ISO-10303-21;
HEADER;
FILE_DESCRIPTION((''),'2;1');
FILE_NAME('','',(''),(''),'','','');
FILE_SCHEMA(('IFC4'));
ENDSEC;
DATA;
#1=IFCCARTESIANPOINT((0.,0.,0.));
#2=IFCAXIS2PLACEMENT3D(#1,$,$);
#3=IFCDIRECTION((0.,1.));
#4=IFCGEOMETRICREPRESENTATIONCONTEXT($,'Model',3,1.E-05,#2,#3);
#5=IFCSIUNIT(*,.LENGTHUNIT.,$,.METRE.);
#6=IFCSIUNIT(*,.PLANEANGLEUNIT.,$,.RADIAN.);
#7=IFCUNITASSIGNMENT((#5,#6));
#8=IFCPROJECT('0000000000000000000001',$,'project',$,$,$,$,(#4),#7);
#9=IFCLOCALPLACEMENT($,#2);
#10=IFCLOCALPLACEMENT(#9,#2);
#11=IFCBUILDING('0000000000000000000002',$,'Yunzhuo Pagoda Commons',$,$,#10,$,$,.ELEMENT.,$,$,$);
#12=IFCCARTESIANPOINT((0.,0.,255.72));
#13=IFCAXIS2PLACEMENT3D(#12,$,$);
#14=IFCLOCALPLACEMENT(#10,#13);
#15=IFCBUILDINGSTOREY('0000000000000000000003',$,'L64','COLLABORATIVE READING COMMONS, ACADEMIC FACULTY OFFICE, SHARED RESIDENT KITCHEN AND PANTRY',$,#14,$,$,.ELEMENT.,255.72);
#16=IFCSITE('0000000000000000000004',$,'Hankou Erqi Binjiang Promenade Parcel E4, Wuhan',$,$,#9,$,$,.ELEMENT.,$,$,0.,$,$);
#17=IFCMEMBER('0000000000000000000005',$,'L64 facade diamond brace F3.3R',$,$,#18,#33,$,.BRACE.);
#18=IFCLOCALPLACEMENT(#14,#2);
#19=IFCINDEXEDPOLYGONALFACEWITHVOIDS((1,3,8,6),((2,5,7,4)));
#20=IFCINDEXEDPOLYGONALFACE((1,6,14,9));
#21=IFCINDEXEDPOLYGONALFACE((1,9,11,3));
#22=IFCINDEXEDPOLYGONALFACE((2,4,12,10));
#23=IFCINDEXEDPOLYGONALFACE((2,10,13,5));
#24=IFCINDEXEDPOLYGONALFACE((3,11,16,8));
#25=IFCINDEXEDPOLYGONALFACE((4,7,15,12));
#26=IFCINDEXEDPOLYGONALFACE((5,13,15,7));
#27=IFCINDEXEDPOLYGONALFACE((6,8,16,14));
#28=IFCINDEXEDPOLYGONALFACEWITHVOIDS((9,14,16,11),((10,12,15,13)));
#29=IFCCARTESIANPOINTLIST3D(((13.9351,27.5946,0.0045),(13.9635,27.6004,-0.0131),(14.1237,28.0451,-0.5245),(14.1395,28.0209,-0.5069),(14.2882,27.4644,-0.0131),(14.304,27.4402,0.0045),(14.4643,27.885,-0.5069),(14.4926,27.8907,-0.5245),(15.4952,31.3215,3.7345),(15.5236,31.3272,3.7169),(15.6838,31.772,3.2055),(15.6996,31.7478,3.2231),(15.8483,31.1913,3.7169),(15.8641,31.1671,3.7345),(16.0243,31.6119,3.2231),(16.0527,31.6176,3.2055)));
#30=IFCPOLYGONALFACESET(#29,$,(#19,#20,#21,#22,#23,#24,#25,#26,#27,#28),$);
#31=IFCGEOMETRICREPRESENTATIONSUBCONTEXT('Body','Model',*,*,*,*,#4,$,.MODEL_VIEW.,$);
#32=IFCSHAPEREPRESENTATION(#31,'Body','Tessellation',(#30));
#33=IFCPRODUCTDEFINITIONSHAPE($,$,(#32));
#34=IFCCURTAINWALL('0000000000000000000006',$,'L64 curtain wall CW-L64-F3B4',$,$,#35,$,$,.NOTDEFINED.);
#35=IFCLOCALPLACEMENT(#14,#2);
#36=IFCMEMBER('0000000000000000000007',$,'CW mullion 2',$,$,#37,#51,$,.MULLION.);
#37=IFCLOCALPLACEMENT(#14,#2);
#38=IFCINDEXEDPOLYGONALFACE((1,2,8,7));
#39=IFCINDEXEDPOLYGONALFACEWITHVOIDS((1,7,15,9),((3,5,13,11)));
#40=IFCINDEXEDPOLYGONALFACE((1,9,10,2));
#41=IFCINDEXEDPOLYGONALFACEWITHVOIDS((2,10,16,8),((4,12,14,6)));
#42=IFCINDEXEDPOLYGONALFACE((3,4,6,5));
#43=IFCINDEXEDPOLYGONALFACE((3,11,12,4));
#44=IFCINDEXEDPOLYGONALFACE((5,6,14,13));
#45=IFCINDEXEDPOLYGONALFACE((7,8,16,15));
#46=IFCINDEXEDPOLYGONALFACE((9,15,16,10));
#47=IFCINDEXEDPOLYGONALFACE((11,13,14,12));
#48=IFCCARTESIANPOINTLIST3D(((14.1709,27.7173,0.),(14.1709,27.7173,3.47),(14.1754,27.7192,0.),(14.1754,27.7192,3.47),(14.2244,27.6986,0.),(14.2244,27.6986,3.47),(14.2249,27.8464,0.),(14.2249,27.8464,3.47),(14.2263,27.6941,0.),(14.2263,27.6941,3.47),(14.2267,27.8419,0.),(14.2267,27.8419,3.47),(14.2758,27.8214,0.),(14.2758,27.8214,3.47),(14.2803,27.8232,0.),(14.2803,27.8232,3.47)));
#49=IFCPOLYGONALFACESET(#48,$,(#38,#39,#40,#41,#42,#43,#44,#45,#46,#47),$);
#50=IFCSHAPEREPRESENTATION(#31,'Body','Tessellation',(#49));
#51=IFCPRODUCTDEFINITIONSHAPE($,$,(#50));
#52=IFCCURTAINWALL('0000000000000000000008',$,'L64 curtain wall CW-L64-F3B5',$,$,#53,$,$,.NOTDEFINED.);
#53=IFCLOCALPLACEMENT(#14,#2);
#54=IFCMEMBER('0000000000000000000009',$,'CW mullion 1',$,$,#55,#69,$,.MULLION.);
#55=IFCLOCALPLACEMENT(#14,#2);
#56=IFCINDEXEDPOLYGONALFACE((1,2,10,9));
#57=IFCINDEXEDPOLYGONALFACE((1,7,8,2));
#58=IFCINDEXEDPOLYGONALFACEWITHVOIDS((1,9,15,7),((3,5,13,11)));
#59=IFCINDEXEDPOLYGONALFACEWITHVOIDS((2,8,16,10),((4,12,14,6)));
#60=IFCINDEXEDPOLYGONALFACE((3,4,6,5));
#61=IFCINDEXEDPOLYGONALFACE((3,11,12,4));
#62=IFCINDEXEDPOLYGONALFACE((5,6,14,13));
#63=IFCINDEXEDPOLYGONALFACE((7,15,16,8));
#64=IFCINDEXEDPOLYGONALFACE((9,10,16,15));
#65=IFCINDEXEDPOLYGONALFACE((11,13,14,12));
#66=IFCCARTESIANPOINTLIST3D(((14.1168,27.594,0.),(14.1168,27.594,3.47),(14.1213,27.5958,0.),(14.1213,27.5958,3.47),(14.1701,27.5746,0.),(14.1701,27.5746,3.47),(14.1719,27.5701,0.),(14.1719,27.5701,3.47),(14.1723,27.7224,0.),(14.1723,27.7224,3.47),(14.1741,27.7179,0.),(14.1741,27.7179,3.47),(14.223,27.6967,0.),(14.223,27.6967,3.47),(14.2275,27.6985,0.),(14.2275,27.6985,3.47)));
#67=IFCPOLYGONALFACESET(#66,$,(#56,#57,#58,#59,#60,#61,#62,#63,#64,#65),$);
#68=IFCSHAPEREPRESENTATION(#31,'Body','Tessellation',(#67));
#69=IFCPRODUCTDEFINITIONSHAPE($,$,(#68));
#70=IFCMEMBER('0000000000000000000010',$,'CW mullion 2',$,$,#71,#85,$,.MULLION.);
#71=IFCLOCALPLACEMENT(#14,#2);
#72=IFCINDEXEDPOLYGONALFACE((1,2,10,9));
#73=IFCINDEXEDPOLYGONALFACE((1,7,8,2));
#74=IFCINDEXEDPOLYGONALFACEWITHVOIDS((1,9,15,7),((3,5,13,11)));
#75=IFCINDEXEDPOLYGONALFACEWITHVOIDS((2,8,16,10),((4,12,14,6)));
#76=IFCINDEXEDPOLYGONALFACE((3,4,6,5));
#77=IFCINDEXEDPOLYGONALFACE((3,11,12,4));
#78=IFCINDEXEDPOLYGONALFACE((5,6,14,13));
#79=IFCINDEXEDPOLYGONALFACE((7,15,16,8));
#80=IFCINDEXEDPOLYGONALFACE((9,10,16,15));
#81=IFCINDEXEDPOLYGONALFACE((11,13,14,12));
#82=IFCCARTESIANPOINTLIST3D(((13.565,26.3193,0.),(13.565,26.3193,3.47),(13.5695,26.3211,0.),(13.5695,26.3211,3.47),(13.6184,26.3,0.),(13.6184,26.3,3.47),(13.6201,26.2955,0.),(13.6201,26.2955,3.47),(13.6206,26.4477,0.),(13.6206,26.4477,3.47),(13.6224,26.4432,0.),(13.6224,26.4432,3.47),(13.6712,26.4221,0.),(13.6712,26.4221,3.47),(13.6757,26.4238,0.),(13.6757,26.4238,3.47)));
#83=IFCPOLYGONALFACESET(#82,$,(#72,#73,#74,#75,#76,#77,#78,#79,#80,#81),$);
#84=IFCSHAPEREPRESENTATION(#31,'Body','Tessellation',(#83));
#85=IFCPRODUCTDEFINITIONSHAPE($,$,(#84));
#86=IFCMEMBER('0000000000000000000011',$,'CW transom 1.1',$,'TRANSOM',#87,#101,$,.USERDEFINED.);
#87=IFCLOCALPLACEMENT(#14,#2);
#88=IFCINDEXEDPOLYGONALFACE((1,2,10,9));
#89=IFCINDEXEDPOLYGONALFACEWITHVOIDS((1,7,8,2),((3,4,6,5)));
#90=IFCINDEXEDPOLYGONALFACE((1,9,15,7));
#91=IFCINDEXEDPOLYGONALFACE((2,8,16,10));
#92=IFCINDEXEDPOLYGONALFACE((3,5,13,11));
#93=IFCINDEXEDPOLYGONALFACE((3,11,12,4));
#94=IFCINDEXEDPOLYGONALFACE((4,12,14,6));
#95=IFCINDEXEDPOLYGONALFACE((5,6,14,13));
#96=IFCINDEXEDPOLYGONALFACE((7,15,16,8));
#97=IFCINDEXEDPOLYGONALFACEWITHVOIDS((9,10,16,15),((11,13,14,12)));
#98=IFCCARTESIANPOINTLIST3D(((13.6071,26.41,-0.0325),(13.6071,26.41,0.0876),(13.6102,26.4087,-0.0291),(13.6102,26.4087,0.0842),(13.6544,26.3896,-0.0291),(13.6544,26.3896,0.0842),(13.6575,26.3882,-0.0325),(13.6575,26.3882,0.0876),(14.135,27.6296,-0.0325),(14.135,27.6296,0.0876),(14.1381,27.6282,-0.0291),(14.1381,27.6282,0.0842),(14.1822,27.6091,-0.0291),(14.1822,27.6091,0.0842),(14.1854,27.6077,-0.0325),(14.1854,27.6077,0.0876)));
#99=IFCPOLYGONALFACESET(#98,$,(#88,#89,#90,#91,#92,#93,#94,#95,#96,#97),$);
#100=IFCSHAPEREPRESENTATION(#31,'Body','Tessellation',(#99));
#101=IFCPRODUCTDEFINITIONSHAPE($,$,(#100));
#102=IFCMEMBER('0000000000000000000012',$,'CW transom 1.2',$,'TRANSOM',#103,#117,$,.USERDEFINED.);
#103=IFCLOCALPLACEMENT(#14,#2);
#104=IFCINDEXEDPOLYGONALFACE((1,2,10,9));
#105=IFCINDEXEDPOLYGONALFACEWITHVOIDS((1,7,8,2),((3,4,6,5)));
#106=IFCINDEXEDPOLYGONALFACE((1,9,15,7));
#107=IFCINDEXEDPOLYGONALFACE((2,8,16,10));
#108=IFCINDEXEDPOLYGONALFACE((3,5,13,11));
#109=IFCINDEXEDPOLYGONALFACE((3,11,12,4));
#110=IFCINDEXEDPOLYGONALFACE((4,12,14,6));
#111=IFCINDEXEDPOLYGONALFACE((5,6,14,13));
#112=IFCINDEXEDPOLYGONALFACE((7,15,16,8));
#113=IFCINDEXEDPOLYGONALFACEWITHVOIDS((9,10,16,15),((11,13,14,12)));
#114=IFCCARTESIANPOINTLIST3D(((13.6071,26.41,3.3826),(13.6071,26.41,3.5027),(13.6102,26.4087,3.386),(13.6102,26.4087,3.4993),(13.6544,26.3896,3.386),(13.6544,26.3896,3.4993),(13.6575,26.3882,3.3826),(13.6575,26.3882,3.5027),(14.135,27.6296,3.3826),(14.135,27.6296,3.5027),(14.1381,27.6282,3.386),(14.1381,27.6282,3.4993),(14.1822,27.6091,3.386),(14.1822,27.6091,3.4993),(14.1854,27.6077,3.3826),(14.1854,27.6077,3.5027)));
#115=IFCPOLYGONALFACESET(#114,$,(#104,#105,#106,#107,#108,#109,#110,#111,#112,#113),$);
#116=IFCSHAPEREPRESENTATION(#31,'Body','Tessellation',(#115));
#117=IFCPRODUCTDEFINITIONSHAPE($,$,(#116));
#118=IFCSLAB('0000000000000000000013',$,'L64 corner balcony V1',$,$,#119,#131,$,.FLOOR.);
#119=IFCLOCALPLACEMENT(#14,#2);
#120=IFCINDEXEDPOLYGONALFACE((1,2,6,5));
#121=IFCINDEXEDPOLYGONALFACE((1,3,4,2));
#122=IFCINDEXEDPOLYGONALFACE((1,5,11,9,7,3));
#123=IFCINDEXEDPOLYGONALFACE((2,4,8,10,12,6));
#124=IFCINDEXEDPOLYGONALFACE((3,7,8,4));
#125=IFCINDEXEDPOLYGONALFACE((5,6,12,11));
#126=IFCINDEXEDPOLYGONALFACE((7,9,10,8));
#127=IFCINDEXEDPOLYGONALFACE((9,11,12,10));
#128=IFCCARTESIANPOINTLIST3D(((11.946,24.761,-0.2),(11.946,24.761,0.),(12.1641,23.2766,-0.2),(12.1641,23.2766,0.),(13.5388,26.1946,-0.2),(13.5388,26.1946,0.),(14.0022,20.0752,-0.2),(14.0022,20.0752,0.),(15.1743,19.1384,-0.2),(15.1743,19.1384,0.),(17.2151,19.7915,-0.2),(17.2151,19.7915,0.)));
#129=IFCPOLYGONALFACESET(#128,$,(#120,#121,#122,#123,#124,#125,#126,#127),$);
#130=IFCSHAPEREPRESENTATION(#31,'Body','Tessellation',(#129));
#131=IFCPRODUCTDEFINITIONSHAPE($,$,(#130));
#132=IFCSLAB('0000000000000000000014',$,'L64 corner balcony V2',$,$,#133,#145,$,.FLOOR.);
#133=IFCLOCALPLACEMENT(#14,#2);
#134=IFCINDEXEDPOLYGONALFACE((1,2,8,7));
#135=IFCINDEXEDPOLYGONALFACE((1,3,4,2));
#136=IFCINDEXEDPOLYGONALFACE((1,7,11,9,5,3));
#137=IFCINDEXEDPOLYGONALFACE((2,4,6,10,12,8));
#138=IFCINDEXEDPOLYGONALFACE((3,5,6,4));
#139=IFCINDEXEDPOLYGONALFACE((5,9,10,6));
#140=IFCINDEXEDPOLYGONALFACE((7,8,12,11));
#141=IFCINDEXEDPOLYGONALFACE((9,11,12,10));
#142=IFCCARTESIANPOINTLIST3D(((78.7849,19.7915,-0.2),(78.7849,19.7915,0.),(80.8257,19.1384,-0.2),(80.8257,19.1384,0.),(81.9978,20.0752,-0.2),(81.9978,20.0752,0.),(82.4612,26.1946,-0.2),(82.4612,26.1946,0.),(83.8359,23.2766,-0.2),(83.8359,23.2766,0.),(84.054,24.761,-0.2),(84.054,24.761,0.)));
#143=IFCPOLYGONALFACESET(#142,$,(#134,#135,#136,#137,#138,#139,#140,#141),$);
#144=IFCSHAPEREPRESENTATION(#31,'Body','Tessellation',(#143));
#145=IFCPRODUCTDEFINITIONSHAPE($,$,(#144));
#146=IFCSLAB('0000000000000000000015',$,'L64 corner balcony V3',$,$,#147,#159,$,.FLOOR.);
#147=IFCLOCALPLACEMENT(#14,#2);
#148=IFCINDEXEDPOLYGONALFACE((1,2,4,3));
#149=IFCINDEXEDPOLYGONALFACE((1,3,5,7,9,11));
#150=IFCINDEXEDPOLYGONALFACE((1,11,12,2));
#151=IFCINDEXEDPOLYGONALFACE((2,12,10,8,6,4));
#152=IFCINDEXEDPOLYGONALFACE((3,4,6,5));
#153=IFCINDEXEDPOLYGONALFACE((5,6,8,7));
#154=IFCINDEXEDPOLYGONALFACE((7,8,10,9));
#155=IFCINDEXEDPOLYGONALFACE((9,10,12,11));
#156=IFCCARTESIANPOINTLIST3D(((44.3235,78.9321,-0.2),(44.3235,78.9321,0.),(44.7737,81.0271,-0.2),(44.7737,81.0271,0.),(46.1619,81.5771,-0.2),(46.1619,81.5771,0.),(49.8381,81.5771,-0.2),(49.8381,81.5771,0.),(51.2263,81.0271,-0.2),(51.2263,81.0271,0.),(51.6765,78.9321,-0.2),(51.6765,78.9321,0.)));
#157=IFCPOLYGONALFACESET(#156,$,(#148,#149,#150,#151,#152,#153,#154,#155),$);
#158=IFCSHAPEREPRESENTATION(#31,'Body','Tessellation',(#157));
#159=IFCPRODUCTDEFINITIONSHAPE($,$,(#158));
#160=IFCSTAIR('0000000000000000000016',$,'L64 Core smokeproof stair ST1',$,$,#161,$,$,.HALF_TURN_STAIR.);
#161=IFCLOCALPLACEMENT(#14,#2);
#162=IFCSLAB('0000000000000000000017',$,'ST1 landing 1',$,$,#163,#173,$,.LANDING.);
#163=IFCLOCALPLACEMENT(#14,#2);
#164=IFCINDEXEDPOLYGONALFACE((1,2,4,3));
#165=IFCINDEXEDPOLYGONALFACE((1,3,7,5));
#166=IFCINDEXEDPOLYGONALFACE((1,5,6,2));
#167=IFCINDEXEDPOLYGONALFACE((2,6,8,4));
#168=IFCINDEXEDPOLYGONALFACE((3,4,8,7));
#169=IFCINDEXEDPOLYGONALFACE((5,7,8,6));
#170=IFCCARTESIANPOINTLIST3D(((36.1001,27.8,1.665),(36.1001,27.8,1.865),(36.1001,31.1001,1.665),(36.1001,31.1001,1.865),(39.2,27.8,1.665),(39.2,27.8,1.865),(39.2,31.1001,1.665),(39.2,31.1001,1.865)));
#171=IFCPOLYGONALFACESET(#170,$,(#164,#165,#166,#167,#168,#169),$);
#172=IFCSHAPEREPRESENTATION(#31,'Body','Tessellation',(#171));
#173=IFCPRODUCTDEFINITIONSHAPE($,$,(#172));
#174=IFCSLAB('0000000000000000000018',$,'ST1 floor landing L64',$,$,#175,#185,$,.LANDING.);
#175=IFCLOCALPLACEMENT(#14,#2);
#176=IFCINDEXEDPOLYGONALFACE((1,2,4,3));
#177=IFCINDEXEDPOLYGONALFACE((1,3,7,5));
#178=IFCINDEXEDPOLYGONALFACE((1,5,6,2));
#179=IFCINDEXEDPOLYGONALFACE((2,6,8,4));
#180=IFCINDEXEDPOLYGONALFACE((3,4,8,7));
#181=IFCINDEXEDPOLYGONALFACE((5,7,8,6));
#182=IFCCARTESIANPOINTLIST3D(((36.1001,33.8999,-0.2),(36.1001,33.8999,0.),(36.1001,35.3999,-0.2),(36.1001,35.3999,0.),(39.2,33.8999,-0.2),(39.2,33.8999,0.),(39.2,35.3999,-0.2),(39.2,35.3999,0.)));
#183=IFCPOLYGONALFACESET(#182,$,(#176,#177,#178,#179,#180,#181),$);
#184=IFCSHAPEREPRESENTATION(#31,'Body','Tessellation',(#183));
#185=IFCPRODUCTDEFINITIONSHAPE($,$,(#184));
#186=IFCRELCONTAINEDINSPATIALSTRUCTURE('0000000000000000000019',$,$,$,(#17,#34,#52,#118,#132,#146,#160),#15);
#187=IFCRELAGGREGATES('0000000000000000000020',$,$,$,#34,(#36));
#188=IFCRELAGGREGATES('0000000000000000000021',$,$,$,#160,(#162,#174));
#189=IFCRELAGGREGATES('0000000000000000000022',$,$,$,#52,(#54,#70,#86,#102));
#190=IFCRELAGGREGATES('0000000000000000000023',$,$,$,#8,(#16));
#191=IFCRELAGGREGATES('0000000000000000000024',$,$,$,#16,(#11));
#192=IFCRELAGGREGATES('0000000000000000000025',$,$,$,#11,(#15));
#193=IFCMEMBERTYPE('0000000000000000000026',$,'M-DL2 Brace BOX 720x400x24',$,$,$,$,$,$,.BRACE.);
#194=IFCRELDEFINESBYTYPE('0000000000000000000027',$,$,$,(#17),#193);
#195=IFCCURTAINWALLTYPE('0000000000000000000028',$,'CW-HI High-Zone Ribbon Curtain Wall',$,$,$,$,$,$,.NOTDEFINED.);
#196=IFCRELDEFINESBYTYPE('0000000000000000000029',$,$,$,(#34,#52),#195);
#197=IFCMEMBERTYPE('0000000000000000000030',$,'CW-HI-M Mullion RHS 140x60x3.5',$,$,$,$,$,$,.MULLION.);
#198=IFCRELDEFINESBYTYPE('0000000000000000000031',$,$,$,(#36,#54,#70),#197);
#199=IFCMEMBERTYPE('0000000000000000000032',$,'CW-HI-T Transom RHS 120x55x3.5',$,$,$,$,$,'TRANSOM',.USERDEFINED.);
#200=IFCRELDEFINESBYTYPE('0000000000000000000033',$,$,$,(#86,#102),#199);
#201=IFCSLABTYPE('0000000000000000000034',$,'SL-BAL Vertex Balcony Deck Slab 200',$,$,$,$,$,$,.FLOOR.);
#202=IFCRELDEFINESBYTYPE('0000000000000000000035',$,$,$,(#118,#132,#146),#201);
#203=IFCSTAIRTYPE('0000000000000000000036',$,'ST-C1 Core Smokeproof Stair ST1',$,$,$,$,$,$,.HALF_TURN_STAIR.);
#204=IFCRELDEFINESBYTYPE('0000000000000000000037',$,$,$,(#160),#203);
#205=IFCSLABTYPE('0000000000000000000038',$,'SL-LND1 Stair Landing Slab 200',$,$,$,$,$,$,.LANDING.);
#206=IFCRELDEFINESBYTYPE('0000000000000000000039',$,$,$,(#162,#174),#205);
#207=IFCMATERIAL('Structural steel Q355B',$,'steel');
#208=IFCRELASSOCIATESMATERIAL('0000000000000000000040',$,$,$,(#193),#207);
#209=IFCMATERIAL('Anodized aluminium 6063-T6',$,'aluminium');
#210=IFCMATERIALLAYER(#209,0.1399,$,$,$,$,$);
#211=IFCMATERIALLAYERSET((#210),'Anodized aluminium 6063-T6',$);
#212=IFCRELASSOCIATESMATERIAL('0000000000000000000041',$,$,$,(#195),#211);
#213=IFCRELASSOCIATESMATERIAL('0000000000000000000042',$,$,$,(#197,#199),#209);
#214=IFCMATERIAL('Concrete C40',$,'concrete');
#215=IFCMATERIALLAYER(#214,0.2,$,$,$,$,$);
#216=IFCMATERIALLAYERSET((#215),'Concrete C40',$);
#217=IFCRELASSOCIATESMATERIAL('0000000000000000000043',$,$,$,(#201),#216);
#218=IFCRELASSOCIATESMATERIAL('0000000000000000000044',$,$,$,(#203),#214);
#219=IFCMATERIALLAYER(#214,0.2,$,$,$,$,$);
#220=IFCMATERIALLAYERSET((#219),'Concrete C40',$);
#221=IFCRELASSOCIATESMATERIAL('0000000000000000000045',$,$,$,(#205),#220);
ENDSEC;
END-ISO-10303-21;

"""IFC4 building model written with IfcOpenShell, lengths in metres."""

from ifc_helpers import new_model, si_unit, direction, frame, origin, origin_2d, place, context, subcontext, project, spatial, polyline, hollow_rectangle, outline, extrude, source, transform, mapped, material, layer, layer_set, material_profile, profile_set, type_object, element, aggregate, save


model = new_model("IFC4")

# Units and contexts
model_context = context("Model", 3, precision=1e-05, world=origin(), true_north=direction((0.0, 1.0)))
body_context = subcontext(model_context, "Body", "Model", "MODEL_VIEW")
ifc_project = project(units=[si_unit("LENGTHUNIT", "METRE"), si_unit("PLANEANGLEUNIT", "RADIAN")], contexts=[model_context])

# Site, building, storey
site_placement = place(None, origin())
site = spatial("IfcSite", under=ifc_project, at=site_placement, Name="Hankou Erqi Binjiang Promenade Parcel E4, Wuhan", CompositionType="ELEMENT", RefElevation=0.0)
building_placement = place(site_placement, origin())
building = spatial("IfcBuilding", under=site, at=building_placement, Name="Yunzhuo Pagoda Commons", CompositionType="ELEMENT")
storey_placement = place(building_placement, frame((0.0, 0.0, 255.72)))
storey = spatial("IfcBuildingStorey", under=building, at=storey_placement, Name="L64", Description="COLLABORATIVE READING COMMONS, ACADEMIC FACULTY OFFICE, SHARED RESIDENT KITCHEN AND PANTRY", CompositionType="ELEMENT", Elevation=255.72)

# Member
ifc_material_1 = material(Name="Structural steel Q355B", Category="steel")
ifc_material_profile_1 = material_profile(ifc_material_1, hollow_rectangle(XDim=0.3999, YDim=0.72, WallThickness=0.0239, at=origin_2d()), Name="Structural steel Q355B")
ifc_profile_set_1 = profile_set([ifc_material_profile_1], Name="Structural steel Q355B")
member_type_1 = type_object("IfcMemberType", Name="M-DL2 Brace BOX 720x400x24", PredefinedType="BRACE", material=ifc_profile_set_1)
shared_shape_1 = source(origin(), body_context, "Body", "SweptSolid", [
    extrude(hollow_rectangle(XDim=0.3999, YDim=0.72, WallThickness=0.0239, at=origin_2d()), origin(), (0.0, 0.0, 1.0), 5.4988),
])
member_1_placement = place(storey_placement, frame((14.2139, 27.7427, -0.26), z_axis=(0.283714, 0.677762, 0.678339), x_axis=(-0.922441, 0.386138, 0.0)))
element("IfcMember", 1, at=member_1_placement, inside=storey, type_object=member_type_1, Name="L64 facade diamond brace F3.3R", PredefinedType="BRACE", context=body_context, shape_type="MappedRepresentation", body=[
    mapped(shared_shape_1, transform((0.0, 0.0, 0.0), scale=1.0)),
])

# Curtain wall, member
ifc_material_2 = material(Name="Anodized aluminium 6063-T6", Category="aluminium")
ifc_layer_1 = layer(ifc_material_2, 0.1399)
ifc_layer_set_1 = layer_set([ifc_layer_1], Name="Anodized aluminium 6063-T6")
curtain_wall_type = type_object("IfcCurtainWallType", Name="CW-HI High-Zone Ribbon Curtain Wall", PredefinedType="NOTDEFINED", material=ifc_layer_set_1)
curtain_wall_1_placement = place(storey_placement, origin())
curtain_wall_1 = element("IfcCurtainWall", 2, at=curtain_wall_1_placement, inside=storey, type_object=curtain_wall_type, Name="L64 curtain wall CW-L64-F3B4", PredefinedType="NOTDEFINED")
ifc_material_profile_2 = material_profile(ifc_material_2, hollow_rectangle(XDim=0.0601, YDim=0.1399, WallThickness=0.0034, at=origin_2d()), Name="Anodized aluminium 6063-T6")
ifc_profile_set_2 = profile_set([ifc_material_profile_2], Name="Anodized aluminium 6063-T6")
member_type_2 = type_object("IfcMemberType", Name="CW-HI-M Mullion RHS 140x60x3.5", PredefinedType="MULLION", material=ifc_profile_set_2)
shared_shape_2 = source(origin(), body_context, "Body", "SweptSolid", [
    extrude(hollow_rectangle(XDim=0.0601, YDim=0.1399, WallThickness=0.0034, at=origin_2d()), origin(), (0.0, 0.0, 1.0), 3.47),
])
member_2_placement = place(storey_placement, frame((14.2256, 27.7703, 0.0), z_axis=(0.0, 0.0, 1.0), x_axis=(0.922451, -0.386115, 0.0)))
member_2 = element("IfcMember", 3, at=member_2_placement, type_object=member_type_2, Name="CW mullion 2", PredefinedType="MULLION", context=body_context, shape_type="MappedRepresentation", body=[
    mapped(shared_shape_2, transform((0.0, 0.0, 0.0), scale=1.0)),
])
aggregate(curtain_wall_1, [member_2])

# Curtain wall, members
curtain_wall_2_placement = place(storey_placement, origin())
curtain_wall_2 = element("IfcCurtainWall", 4, at=curtain_wall_2_placement, inside=storey, type_object=curtain_wall_type, Name="L64 curtain wall CW-L64-F3B5", PredefinedType="NOTDEFINED")
member_3_placement = place(storey_placement, frame((14.1721, 27.6462, 0.0), z_axis=(0.0, 0.0, 1.0), x_axis=(0.917707, -0.397257, 0.0)))
member_3 = element("IfcMember", 5, at=member_3_placement, type_object=member_type_2, Name="CW mullion 1", PredefinedType="MULLION", context=body_context, shape_type="MappedRepresentation", body=[
    mapped(shared_shape_2, transform((0.0, 0.0, 0.0), scale=1.0)),
])
member_4_placement = place(storey_placement, frame((13.6204, 26.3716, 0.0), z_axis=(0.0, 0.0, 1.0), x_axis=(0.917707, -0.397257, 0.0)))
member_4 = element("IfcMember", 6, at=member_4_placement, type_object=member_type_2, Name="CW mullion 2", PredefinedType="MULLION", context=body_context, shape_type="MappedRepresentation", body=[
    mapped(shared_shape_2, transform((0.0, 0.0, 0.0), scale=1.0)),
])
ifc_material_profile_3 = material_profile(ifc_material_2, hollow_rectangle(XDim=0.0549, YDim=0.1201, WallThickness=0.0034, at=origin_2d()), Name="Anodized aluminium 6063-T6")
ifc_profile_set_3 = profile_set([ifc_material_profile_3], Name="Anodized aluminium 6063-T6")
member_type_3 = type_object("IfcMemberType", Name="CW-HI-T Transom RHS 120x55x3.5", ElementType="TRANSOM", PredefinedType="USERDEFINED", material=ifc_profile_set_3)
shared_shape_3 = source(origin(), body_context, "Body", "SweptSolid", [
    extrude(hollow_rectangle(XDim=0.0549, YDim=0.1201, WallThickness=0.0034, at=origin_2d()), origin(), (0.0, 0.0, 1.0), 1.3289),
])
member_5_placement = place(storey_placement, frame((14.1602, 27.6187, 0.0276), z_axis=(-0.397221, -0.917723, 0.0), x_axis=(0.917723, -0.397221, 0.0)))
member_5 = element("IfcMember", 7, at=member_5_placement, type_object=member_type_3, Name="CW transom 1.1", ObjectType="TRANSOM", PredefinedType="USERDEFINED", context=body_context, shape_type="MappedRepresentation", body=[
    mapped(shared_shape_3, transform((0.0, 0.0, 0.0), scale=1.0)),
])
member_6_placement = place(storey_placement, frame((14.1602, 27.6187, 3.4426), z_axis=(-0.397221, -0.917723, 0.0), x_axis=(0.917723, -0.397221, 0.0)))
member_6 = element("IfcMember", 8, at=member_6_placement, type_object=member_type_3, Name="CW transom 1.2", ObjectType="TRANSOM", PredefinedType="USERDEFINED", context=body_context, shape_type="MappedRepresentation", body=[
    mapped(shared_shape_3, transform((0.0, 0.0, 0.0), scale=1.0)),
])

# Slabs
ifc_material_3 = material(Name="Concrete C40", Category="concrete")
ifc_layer_2 = layer(ifc_material_3, 0.2)
ifc_layer_set_2 = layer_set([ifc_layer_2], Name="Concrete C40")
slab_type_1 = type_object("IfcSlabType", Name="SL-BAL Vertex Balcony Deck Slab 200", PredefinedType="FLOOR", material=ifc_layer_set_2)
slab_1_placement = place(storey_placement, frame((0.0, 0.0, -0.2)))
element("IfcSlab", 9, at=slab_1_placement, inside=storey, type_object=slab_type_1, Name="L64 corner balcony V1", PredefinedType="FLOOR", context=body_context, shape_type="SweptSolid", body=[
    extrude(outline(polyline([(13.5388, 26.1946), (17.2151, 19.7915), (15.1743, 19.1384), (14.0022, 20.0752), (12.1641, 23.2766), (11.946, 24.761), (13.5388, 26.1946)])), origin(), (0.0, 0.0, 1.0), 0.2),
])
slab_2_placement = place(storey_placement, frame((0.0, 0.0, -0.2)))
element("IfcSlab", 10, at=slab_2_placement, inside=storey, type_object=slab_type_1, Name="L64 corner balcony V2", PredefinedType="FLOOR", context=body_context, shape_type="SweptSolid", body=[
    extrude(outline(polyline([(78.7849, 19.7915), (82.4612, 26.1946), (84.054, 24.761), (83.8359, 23.2766), (81.9978, 20.0752), (80.8257, 19.1384), (78.7849, 19.7915)])), origin(), (0.0, 0.0, 1.0), 0.2),
])
slab_3_placement = place(storey_placement, frame((0.0, 0.0, -0.2)))
element("IfcSlab", 11, at=slab_3_placement, inside=storey, type_object=slab_type_1, Name="L64 corner balcony V3", PredefinedType="FLOOR", context=body_context, shape_type="SweptSolid", body=[
    extrude(outline(polyline([(51.6765, 78.9321), (44.3235, 78.9321), (44.7737, 81.0271), (46.1619, 81.5771), (49.8381, 81.5771), (51.2263, 81.0271), (51.6765, 78.9321)])), origin(), (0.0, 0.0, 1.0), 0.2),
])

# Stair, slabs
stair_type_1 = type_object("IfcStairType", Name="ST-C1 Core Smokeproof Stair ST1", PredefinedType="HALF_TURN_STAIR", material=ifc_material_3)
stair_1_placement = place(storey_placement, origin())
stair_1 = element("IfcStair", 12, at=stair_1_placement, inside=storey, type_object=stair_type_1, Name="L64 Core smokeproof stair ST1", PredefinedType="HALF_TURN_STAIR")
ifc_layer_3 = layer(ifc_material_3, 0.2)
ifc_layer_set_3 = layer_set([ifc_layer_3], Name="Concrete C40")
slab_type_2 = type_object("IfcSlabType", Name="SL-LND1 Stair Landing Slab 200", PredefinedType="LANDING", material=ifc_layer_set_3)
slab_4_placement = place(storey_placement, frame((0.0, 0.0, 1.665)))
slab_4 = element("IfcSlab", 13, at=slab_4_placement, type_object=slab_type_2, Name="ST1 landing 1", PredefinedType="LANDING", context=body_context, shape_type="SweptSolid", body=[
    extrude(outline(polyline([(36.1001, 31.1001), (36.1001, 27.8), (39.2, 27.8), (39.2, 31.1001), (36.1001, 31.1001)])), origin(), (0.0, 0.0, 1.0), 0.2),
])
slab_5_placement = place(storey_placement, frame((0.0, 0.0, -0.2)))
slab_5 = element("IfcSlab", 14, at=slab_5_placement, type_object=slab_type_2, Name="ST1 floor landing L64", PredefinedType="LANDING", context=body_context, shape_type="SweptSolid", body=[
    extrude(outline(polyline([(36.1001, 35.3999), (36.1001, 33.8999), (39.2, 33.8999), (39.2, 35.3999), (36.1001, 35.3999)])), origin(), (0.0, 0.0, 1.0), 0.2),
])
aggregate(stair_1, [slab_4, slab_5])

aggregate(curtain_wall_2, [member_3, member_4, member_5, member_6])

save(model, "model.ifc")
